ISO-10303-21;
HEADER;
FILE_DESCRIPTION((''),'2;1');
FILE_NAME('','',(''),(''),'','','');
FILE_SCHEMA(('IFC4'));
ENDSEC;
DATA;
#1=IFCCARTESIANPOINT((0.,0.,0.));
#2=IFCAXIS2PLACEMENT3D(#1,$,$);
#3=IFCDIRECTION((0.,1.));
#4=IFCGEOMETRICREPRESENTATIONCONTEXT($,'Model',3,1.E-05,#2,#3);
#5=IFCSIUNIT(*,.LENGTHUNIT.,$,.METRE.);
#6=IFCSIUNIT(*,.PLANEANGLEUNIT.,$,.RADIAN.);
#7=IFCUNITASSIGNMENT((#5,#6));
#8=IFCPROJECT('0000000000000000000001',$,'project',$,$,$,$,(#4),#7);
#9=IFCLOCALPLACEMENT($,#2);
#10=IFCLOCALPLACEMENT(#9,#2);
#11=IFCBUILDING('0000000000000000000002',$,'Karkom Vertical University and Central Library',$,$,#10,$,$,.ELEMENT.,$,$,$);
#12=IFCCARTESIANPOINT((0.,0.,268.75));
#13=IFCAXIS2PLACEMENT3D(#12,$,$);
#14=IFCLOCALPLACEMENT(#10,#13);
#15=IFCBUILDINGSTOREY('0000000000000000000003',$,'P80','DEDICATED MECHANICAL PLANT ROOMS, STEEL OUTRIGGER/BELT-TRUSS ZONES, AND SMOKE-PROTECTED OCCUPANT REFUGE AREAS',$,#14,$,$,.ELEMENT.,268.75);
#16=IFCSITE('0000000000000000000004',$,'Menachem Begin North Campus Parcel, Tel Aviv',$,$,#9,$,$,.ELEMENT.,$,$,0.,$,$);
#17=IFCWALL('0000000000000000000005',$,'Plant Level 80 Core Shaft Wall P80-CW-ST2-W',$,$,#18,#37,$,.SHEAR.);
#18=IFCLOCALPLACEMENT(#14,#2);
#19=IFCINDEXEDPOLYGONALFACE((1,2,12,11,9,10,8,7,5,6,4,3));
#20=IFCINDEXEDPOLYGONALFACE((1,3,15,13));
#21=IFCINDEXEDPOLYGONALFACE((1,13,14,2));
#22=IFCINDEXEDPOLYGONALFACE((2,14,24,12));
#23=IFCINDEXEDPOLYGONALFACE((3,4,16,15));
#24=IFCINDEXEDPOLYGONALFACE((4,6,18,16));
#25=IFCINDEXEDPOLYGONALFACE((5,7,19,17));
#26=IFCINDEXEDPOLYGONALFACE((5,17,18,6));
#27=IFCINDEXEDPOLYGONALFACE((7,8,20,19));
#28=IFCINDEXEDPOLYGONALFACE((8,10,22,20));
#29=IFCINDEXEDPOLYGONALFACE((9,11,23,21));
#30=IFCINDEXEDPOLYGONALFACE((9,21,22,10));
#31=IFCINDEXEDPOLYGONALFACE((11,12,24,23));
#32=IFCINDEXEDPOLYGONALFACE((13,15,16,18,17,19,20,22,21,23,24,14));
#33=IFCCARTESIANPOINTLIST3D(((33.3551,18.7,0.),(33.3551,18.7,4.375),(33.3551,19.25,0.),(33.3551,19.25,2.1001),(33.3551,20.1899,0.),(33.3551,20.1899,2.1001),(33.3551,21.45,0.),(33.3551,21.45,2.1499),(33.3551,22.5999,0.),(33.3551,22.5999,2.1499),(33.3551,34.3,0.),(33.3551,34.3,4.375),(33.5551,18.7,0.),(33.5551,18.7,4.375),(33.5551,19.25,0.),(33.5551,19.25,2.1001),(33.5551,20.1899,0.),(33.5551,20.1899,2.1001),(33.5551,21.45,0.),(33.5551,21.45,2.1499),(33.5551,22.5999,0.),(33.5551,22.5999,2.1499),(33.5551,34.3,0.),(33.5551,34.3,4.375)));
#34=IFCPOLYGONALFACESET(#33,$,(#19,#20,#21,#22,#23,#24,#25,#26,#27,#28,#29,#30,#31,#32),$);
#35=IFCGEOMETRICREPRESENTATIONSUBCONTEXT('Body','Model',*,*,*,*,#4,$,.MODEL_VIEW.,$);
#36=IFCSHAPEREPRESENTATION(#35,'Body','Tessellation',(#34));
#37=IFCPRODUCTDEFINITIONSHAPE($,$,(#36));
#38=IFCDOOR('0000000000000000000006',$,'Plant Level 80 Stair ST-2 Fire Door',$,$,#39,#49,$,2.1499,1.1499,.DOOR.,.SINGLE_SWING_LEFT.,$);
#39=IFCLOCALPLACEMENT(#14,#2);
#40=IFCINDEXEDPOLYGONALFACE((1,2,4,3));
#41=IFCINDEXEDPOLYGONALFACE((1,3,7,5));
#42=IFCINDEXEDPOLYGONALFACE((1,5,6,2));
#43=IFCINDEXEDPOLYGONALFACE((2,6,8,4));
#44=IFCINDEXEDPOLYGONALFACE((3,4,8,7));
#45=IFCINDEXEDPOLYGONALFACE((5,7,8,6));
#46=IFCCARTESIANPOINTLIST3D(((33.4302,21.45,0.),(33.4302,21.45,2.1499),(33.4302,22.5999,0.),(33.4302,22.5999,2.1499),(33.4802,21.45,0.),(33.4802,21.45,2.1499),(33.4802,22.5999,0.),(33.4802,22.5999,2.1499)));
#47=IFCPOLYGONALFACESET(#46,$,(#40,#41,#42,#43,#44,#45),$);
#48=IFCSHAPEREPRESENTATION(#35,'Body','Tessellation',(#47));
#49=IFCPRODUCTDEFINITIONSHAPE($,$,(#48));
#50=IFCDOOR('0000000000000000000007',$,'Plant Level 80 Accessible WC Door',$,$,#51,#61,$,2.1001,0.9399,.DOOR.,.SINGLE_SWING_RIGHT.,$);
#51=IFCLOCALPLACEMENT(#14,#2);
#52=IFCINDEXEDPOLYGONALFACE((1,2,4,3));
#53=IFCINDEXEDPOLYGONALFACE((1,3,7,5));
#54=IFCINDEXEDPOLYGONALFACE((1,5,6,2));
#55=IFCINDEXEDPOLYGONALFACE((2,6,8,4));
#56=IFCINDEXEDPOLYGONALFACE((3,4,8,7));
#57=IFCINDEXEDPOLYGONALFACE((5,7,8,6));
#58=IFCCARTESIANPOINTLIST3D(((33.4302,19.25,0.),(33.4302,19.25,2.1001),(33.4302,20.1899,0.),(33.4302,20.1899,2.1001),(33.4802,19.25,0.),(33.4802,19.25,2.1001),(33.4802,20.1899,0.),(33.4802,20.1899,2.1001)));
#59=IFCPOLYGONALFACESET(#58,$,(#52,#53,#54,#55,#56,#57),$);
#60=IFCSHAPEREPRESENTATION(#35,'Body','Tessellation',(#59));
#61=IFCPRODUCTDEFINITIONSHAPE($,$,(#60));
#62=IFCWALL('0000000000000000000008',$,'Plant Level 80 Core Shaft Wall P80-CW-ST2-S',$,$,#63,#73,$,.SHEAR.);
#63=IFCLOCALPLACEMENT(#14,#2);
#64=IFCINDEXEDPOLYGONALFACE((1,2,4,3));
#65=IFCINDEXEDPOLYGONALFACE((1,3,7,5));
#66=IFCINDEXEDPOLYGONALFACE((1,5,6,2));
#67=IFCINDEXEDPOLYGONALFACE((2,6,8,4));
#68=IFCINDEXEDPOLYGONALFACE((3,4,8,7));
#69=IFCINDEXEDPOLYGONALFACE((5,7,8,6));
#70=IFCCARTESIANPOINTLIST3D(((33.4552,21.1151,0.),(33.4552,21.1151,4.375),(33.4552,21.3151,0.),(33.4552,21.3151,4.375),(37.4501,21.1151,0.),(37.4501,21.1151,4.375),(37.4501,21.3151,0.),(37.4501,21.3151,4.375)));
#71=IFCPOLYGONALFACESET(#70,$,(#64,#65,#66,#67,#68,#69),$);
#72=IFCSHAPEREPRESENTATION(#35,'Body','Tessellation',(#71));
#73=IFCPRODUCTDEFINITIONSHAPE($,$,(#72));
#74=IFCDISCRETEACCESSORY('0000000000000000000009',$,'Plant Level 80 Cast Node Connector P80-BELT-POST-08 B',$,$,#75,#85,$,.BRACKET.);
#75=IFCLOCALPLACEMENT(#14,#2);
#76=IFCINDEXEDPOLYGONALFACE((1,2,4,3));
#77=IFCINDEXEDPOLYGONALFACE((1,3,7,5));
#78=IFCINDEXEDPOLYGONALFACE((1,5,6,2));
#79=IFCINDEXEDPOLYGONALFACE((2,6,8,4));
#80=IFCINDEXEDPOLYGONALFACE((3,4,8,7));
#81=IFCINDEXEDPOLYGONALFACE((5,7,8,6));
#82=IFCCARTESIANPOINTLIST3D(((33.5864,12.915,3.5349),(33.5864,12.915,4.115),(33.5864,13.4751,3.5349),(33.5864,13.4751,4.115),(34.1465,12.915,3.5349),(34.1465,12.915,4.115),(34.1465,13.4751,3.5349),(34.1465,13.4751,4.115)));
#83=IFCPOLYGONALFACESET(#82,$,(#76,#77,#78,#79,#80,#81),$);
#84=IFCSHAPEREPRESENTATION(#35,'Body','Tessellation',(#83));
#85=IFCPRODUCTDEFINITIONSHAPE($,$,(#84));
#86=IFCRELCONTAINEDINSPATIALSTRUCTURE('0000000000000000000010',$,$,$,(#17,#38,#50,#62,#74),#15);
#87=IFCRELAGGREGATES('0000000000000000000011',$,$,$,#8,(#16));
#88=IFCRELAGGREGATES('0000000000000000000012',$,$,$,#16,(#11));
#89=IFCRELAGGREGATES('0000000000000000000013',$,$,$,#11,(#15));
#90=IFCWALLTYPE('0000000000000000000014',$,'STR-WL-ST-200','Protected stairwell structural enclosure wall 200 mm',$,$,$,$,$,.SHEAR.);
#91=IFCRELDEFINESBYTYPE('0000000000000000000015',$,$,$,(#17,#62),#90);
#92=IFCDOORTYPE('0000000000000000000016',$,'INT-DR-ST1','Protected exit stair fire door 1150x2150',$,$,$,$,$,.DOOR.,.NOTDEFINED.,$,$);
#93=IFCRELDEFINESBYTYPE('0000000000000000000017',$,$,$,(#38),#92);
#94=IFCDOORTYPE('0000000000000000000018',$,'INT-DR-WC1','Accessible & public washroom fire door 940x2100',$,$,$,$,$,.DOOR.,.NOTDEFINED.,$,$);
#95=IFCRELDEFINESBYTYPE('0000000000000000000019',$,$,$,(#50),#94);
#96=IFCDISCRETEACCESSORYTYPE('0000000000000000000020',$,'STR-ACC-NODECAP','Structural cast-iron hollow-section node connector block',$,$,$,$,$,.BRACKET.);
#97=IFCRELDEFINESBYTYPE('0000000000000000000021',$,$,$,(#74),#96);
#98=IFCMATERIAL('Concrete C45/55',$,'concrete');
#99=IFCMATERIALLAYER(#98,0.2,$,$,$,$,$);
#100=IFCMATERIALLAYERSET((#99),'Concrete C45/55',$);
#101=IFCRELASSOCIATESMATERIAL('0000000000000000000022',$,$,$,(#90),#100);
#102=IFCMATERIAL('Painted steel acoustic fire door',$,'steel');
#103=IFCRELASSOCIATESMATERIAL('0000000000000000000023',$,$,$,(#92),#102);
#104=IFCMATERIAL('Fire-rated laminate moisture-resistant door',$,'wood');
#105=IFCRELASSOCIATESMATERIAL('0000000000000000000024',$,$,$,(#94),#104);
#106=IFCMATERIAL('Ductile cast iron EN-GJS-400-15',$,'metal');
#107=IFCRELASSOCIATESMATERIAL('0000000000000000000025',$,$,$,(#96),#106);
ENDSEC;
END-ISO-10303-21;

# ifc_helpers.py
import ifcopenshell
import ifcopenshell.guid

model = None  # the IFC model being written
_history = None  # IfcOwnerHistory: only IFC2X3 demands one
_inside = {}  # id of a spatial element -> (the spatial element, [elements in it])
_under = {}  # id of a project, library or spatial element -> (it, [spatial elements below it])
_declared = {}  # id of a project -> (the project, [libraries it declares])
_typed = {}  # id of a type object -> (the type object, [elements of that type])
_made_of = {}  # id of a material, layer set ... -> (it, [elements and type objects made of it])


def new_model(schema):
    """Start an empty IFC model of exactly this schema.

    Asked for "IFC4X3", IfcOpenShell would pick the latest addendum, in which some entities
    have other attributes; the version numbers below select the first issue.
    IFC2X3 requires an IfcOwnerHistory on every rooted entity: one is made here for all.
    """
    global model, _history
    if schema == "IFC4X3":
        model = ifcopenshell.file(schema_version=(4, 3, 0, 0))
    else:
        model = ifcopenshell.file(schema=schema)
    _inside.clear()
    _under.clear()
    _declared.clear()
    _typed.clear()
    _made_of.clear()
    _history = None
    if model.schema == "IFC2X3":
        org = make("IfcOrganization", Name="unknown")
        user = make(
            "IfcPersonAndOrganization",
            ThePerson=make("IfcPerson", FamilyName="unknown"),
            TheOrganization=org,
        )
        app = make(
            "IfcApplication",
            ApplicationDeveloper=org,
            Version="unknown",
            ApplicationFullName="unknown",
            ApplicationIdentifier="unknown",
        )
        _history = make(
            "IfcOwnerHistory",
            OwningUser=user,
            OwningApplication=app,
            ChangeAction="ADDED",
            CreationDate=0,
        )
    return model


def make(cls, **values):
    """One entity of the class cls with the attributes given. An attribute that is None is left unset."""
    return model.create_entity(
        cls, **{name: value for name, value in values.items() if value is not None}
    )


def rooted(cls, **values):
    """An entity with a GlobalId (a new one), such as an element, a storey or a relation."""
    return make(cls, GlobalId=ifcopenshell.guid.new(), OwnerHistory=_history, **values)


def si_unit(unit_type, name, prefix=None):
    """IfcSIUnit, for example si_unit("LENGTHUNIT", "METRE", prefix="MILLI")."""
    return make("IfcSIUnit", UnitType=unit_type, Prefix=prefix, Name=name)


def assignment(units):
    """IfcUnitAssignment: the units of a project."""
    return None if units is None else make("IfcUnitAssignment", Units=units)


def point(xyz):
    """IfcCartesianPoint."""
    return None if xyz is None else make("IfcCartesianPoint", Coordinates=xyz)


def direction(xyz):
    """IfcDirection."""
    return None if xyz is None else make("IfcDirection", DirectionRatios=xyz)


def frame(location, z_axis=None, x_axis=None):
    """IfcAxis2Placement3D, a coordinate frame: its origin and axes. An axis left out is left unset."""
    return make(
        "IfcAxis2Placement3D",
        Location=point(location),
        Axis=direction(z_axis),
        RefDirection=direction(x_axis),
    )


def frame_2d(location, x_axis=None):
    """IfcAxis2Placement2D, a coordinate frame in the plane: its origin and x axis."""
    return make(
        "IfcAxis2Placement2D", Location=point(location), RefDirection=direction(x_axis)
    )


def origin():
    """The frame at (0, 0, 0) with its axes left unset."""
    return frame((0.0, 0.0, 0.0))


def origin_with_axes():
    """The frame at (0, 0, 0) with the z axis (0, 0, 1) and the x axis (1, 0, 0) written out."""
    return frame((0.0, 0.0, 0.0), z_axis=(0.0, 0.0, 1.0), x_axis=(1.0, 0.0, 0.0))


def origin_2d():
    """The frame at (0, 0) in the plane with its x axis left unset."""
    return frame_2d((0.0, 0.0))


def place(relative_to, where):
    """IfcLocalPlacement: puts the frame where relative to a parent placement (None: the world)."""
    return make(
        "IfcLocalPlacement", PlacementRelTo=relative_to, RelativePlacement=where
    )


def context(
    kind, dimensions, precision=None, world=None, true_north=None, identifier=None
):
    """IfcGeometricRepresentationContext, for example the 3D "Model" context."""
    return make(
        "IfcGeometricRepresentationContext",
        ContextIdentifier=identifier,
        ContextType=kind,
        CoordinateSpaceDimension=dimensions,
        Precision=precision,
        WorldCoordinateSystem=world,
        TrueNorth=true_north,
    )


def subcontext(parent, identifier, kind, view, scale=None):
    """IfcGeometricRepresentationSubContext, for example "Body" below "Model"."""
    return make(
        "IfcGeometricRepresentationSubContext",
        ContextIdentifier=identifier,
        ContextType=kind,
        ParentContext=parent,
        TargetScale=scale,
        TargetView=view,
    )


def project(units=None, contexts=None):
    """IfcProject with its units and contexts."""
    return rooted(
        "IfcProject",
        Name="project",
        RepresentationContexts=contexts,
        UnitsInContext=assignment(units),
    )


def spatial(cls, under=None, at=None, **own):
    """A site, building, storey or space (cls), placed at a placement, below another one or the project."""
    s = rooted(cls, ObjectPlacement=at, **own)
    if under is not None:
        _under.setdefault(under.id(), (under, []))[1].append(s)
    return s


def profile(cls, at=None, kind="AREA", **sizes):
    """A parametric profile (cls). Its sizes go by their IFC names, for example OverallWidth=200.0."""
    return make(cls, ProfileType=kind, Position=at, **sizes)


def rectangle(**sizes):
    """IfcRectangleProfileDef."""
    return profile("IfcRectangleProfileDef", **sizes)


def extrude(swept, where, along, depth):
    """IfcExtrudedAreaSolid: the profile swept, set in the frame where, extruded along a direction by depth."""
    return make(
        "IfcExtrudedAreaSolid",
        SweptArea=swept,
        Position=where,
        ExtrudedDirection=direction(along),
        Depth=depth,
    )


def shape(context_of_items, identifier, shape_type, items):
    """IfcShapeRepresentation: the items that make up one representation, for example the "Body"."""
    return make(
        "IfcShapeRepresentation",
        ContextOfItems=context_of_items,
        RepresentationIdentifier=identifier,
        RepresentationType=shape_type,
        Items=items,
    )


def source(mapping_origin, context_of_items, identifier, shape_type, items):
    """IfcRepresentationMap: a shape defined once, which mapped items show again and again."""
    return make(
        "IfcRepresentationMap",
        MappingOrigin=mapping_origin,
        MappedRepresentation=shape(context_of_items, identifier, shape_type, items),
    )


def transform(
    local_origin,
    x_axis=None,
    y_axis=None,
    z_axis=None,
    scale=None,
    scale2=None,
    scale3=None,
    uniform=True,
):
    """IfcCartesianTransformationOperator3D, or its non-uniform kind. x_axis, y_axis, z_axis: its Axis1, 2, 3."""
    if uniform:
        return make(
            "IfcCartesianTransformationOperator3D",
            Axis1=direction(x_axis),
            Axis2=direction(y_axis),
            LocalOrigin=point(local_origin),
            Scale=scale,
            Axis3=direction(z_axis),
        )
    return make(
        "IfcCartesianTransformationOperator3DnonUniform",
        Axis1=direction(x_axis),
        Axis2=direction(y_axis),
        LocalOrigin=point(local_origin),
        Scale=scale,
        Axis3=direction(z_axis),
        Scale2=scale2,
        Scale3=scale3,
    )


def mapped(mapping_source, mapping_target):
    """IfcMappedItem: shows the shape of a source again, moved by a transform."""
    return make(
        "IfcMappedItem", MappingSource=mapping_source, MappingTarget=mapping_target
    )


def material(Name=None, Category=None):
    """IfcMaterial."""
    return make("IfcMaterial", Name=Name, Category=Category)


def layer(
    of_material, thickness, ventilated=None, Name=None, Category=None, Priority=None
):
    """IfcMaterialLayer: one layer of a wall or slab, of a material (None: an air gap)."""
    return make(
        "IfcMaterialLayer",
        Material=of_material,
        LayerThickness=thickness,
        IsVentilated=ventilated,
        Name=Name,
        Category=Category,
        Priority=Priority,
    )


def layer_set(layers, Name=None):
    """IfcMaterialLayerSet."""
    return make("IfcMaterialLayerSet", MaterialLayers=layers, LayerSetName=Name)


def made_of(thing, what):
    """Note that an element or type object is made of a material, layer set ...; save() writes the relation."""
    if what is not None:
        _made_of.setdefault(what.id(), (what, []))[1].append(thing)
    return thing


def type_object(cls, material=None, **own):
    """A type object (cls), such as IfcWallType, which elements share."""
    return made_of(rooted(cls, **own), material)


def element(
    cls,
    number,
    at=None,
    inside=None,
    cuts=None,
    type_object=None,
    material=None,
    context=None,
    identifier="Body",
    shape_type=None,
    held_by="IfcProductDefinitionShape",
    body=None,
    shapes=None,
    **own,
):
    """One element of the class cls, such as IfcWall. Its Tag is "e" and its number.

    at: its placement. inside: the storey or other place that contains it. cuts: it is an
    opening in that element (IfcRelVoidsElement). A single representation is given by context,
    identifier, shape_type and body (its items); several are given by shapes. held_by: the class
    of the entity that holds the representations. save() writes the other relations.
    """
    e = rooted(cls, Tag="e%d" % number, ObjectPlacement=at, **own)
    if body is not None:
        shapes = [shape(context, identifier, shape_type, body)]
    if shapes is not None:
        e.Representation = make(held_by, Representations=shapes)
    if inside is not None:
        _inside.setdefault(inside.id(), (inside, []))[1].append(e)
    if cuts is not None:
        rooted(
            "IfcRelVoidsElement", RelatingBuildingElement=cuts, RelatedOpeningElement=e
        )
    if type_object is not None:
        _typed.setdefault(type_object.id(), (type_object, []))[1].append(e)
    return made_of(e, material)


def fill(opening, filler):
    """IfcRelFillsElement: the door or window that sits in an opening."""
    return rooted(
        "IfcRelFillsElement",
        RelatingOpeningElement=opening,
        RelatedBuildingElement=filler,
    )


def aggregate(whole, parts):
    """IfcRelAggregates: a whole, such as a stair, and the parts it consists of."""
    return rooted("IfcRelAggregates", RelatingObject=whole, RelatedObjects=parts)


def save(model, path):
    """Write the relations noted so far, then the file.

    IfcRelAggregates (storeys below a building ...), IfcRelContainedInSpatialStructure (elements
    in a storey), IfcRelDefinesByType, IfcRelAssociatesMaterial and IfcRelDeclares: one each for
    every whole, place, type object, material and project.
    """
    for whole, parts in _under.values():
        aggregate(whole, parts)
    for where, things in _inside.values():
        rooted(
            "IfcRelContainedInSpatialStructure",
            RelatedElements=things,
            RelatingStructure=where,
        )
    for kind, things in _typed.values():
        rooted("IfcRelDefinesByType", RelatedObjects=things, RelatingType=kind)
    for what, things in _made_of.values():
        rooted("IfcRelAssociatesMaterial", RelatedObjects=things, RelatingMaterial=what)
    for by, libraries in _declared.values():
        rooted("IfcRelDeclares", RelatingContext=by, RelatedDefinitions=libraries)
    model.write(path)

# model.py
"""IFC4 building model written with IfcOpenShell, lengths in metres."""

from ifc_helpers import new_model, si_unit, direction, frame, frame_2d, origin, origin_with_axes, origin_2d, place, context, subcontext, project, spatial, rectangle, extrude, source, transform, mapped, material, layer, layer_set, type_object, element, fill, save


model = new_model("IFC4")

# Units and contexts
model_context = context("Model", 3, precision=1e-05, world=origin(), true_north=direction((0.0, 1.0)))
body_context = subcontext(model_context, "Body", "Model", "MODEL_VIEW")
ifc_project = project(units=[si_unit("LENGTHUNIT", "METRE"), si_unit("PLANEANGLEUNIT", "RADIAN")], contexts=[model_context])

# Site, building, storey
site_placement = place(None, origin())
site = spatial("IfcSite", under=ifc_project, at=site_placement, Name="Menachem Begin North Campus Parcel, Tel Aviv", CompositionType="ELEMENT", RefElevation=0.0)
building_placement = place(site_placement, origin())
building = spatial("IfcBuilding", under=site, at=building_placement, Name="Karkom Vertical University and Central Library", CompositionType="ELEMENT")
storey_placement = place(building_placement, frame((0.0, 0.0, 268.75)))
storey = spatial("IfcBuildingStorey", under=building, at=storey_placement, Name="P80", Description="DEDICATED MECHANICAL PLANT ROOMS, STEEL OUTRIGGER/BELT-TRUSS ZONES, AND SMOKE-PROTECTED OCCUPANT REFUGE AREAS", CompositionType="ELEMENT", Elevation=268.75)

# Shared definitions
ifc_material_1 = material(Name="Concrete C45/55", Category="concrete")

# Wall, openings, doors
ifc_layer_1 = layer(ifc_material_1, 0.2)
ifc_layer_set_1 = layer_set([ifc_layer_1], Name="Concrete C45/55")
wall_type_1 = type_object("IfcWallType", Name="STR-WL-ST-200", Description="Protected stairwell structural enclosure wall 200 mm", PredefinedType="SHEAR", material=ifc_layer_set_1)
wall_1_placement = place(storey_placement, frame((33.4551, 18.7, 0.0), z_axis=(0.0, 0.0, 1.0), x_axis=(0.0, 1.0, 0.0)))
wall_1 = element("IfcWall", 1, at=wall_1_placement, inside=storey, type_object=wall_type_1, Name="Plant Level 80 Core Shaft Wall P80-CW-ST2-W", PredefinedType="SHEAR", context=body_context, shape_type="SweptSolid", body=[
    extrude(rectangle(XDim=15.6001, YDim=0.2, at=frame_2d((7.8, 0.0))), origin(), (0.0, 0.0, 1.0), 4.375),
])
opening_1_placement = place(wall_1_placement, frame((2.75, 0.0, 0.0)))
opening_1 = element("IfcOpeningElement", 2, at=opening_1_placement, cuts=wall_1, PredefinedType="OPENING", context=body_context, shape_type="SweptSolid", body=[
    extrude(rectangle(XDim=1.1499, YDim=2.1499, at=frame_2d((0.575, 1.075))), frame((0.0, 0.1099, 0.0), z_axis=(0.0, -1.0, 0.0), x_axis=(1.0, 0.0, 0.0)), (0.0, 0.0, 1.0), 0.22),
])
opening_2_placement = place(wall_1_placement, frame((0.55, 0.0, 0.0)))
opening_2 = element("IfcOpeningElement", 3, at=opening_2_placement, cuts=wall_1, PredefinedType="OPENING", context=body_context, shape_type="SweptSolid", body=[
    extrude(rectangle(XDim=0.9399, YDim=2.1001, at=frame_2d((0.47, 1.05))), frame((0.0, 0.1099, 0.0), z_axis=(0.0, -1.0, 0.0), x_axis=(1.0, 0.0, 0.0)), (0.0, 0.0, 1.0), 0.22),
])
ifc_material_2 = material(Name="Painted steel acoustic fire door", Category="steel")
door_type_1 = type_object("IfcDoorType", Name="INT-DR-ST1", Description="Protected exit stair fire door 1150x2150", OperationType="NOTDEFINED", PredefinedType="DOOR", material=ifc_material_2)
shared_shape_1 = source(origin_with_axes(), body_context, "Body", "SweptSolid", [
    extrude(rectangle(XDim=1.1499, YDim=2.1499, at=frame_2d((0.575, 1.075))), frame((0.0, 0.0249, 0.0), z_axis=(0.0, -1.0, 0.0), x_axis=(1.0, 0.0, 0.0)), (0.0, 0.0, 1.0), 0.05),
])
door_1_placement = place(opening_1_placement, origin())
door_1 = element("IfcDoor", 4, at=door_1_placement, inside=storey, type_object=door_type_1, Name="Plant Level 80 Stair ST-2 Fire Door", OperationType="SINGLE_SWING_LEFT", OverallHeight=2.1499, OverallWidth=1.1499, PredefinedType="DOOR", context=body_context, shape_type="MappedRepresentation", body=[
    mapped(shared_shape_1, transform((0.0, 0.0, 0.0), scale=1.0)),
])
fill(opening_1, door_1)
ifc_material_3 = material(Name="Fire-rated laminate moisture-resistant door", Category="wood")
door_type_2 = type_object("IfcDoorType", Name="INT-DR-WC1", Description="Accessible & public washroom fire door 940x2100", OperationType="NOTDEFINED", PredefinedType="DOOR", material=ifc_material_3)
shared_shape_2 = source(origin_with_axes(), body_context, "Body", "SweptSolid", [
    extrude(rectangle(XDim=0.9399, YDim=2.1001, at=frame_2d((0.47, 1.05))), frame((0.0, 0.0249, 0.0), z_axis=(0.0, -1.0, 0.0), x_axis=(1.0, 0.0, 0.0)), (0.0, 0.0, 1.0), 0.05),
])
door_2_placement = place(opening_2_placement, origin())
door_2 = element("IfcDoor", 5, at=door_2_placement, inside=storey, type_object=door_type_2, Name="Plant Level 80 Accessible WC Door", OperationType="SINGLE_SWING_RIGHT", OverallHeight=2.1001, OverallWidth=0.9399, PredefinedType="DOOR", context=body_context, shape_type="MappedRepresentation", body=[
    mapped(shared_shape_2, transform((0.0, 0.0, 0.0), scale=1.0)),
])
fill(opening_2, door_2)

# Wall
wall_2_placement = place(storey_placement, frame((33.4551, 21.2151, 0.0), z_axis=(0.0, 0.0, 1.0), x_axis=(1.0, 0.0, 0.0)))
element("IfcWall", 6, at=wall_2_placement, inside=storey, type_object=wall_type_1, Name="Plant Level 80 Core Shaft Wall P80-CW-ST2-S", PredefinedType="SHEAR", context=body_context, shape_type="SweptSolid", body=[
    extrude(rectangle(XDim=3.9949, YDim=0.2, at=frame_2d((1.9976, 0.0))), origin(), (0.0, 0.0, 1.0), 4.375),
])

# Discrete accessory
ifc_material_4 = material(Name="Ductile cast iron EN-GJS-400-15", Category="metal")
discrete_accessory_type = type_object("IfcDiscreteAccessoryType", Name="STR-ACC-NODECAP", Description="Structural cast-iron hollow-section node connector block", PredefinedType="BRACKET", material=ifc_material_4)
shared_shape_3 = source(origin_with_axes(), body_context, "Body", "SweptSolid", [
    extrude(rectangle(XDim=0.5601, YDim=0.5601, at=origin_2d()), origin(), (0.0, 0.0, 1.0), 0.5801),
])
discrete_accessory_placement = place(storey_placement, frame((33.8665, 13.1951, 3.5349), z_axis=(0.0, 0.0, 1.0), x_axis=(1.0, 0.0, 0.0)))
element("IfcDiscreteAccessory", 7, at=discrete_accessory_placement, inside=storey, type_object=discrete_accessory_type, Name="Plant Level 80 Cast Node Connector P80-BELT-POST-08 B", PredefinedType="BRACKET", context=body_context, shape_type="MappedRepresentation", body=[
    mapped(shared_shape_3, transform((0.0, 0.0, 0.0), scale=1.0)),
])

save(model, "model.ifc")
